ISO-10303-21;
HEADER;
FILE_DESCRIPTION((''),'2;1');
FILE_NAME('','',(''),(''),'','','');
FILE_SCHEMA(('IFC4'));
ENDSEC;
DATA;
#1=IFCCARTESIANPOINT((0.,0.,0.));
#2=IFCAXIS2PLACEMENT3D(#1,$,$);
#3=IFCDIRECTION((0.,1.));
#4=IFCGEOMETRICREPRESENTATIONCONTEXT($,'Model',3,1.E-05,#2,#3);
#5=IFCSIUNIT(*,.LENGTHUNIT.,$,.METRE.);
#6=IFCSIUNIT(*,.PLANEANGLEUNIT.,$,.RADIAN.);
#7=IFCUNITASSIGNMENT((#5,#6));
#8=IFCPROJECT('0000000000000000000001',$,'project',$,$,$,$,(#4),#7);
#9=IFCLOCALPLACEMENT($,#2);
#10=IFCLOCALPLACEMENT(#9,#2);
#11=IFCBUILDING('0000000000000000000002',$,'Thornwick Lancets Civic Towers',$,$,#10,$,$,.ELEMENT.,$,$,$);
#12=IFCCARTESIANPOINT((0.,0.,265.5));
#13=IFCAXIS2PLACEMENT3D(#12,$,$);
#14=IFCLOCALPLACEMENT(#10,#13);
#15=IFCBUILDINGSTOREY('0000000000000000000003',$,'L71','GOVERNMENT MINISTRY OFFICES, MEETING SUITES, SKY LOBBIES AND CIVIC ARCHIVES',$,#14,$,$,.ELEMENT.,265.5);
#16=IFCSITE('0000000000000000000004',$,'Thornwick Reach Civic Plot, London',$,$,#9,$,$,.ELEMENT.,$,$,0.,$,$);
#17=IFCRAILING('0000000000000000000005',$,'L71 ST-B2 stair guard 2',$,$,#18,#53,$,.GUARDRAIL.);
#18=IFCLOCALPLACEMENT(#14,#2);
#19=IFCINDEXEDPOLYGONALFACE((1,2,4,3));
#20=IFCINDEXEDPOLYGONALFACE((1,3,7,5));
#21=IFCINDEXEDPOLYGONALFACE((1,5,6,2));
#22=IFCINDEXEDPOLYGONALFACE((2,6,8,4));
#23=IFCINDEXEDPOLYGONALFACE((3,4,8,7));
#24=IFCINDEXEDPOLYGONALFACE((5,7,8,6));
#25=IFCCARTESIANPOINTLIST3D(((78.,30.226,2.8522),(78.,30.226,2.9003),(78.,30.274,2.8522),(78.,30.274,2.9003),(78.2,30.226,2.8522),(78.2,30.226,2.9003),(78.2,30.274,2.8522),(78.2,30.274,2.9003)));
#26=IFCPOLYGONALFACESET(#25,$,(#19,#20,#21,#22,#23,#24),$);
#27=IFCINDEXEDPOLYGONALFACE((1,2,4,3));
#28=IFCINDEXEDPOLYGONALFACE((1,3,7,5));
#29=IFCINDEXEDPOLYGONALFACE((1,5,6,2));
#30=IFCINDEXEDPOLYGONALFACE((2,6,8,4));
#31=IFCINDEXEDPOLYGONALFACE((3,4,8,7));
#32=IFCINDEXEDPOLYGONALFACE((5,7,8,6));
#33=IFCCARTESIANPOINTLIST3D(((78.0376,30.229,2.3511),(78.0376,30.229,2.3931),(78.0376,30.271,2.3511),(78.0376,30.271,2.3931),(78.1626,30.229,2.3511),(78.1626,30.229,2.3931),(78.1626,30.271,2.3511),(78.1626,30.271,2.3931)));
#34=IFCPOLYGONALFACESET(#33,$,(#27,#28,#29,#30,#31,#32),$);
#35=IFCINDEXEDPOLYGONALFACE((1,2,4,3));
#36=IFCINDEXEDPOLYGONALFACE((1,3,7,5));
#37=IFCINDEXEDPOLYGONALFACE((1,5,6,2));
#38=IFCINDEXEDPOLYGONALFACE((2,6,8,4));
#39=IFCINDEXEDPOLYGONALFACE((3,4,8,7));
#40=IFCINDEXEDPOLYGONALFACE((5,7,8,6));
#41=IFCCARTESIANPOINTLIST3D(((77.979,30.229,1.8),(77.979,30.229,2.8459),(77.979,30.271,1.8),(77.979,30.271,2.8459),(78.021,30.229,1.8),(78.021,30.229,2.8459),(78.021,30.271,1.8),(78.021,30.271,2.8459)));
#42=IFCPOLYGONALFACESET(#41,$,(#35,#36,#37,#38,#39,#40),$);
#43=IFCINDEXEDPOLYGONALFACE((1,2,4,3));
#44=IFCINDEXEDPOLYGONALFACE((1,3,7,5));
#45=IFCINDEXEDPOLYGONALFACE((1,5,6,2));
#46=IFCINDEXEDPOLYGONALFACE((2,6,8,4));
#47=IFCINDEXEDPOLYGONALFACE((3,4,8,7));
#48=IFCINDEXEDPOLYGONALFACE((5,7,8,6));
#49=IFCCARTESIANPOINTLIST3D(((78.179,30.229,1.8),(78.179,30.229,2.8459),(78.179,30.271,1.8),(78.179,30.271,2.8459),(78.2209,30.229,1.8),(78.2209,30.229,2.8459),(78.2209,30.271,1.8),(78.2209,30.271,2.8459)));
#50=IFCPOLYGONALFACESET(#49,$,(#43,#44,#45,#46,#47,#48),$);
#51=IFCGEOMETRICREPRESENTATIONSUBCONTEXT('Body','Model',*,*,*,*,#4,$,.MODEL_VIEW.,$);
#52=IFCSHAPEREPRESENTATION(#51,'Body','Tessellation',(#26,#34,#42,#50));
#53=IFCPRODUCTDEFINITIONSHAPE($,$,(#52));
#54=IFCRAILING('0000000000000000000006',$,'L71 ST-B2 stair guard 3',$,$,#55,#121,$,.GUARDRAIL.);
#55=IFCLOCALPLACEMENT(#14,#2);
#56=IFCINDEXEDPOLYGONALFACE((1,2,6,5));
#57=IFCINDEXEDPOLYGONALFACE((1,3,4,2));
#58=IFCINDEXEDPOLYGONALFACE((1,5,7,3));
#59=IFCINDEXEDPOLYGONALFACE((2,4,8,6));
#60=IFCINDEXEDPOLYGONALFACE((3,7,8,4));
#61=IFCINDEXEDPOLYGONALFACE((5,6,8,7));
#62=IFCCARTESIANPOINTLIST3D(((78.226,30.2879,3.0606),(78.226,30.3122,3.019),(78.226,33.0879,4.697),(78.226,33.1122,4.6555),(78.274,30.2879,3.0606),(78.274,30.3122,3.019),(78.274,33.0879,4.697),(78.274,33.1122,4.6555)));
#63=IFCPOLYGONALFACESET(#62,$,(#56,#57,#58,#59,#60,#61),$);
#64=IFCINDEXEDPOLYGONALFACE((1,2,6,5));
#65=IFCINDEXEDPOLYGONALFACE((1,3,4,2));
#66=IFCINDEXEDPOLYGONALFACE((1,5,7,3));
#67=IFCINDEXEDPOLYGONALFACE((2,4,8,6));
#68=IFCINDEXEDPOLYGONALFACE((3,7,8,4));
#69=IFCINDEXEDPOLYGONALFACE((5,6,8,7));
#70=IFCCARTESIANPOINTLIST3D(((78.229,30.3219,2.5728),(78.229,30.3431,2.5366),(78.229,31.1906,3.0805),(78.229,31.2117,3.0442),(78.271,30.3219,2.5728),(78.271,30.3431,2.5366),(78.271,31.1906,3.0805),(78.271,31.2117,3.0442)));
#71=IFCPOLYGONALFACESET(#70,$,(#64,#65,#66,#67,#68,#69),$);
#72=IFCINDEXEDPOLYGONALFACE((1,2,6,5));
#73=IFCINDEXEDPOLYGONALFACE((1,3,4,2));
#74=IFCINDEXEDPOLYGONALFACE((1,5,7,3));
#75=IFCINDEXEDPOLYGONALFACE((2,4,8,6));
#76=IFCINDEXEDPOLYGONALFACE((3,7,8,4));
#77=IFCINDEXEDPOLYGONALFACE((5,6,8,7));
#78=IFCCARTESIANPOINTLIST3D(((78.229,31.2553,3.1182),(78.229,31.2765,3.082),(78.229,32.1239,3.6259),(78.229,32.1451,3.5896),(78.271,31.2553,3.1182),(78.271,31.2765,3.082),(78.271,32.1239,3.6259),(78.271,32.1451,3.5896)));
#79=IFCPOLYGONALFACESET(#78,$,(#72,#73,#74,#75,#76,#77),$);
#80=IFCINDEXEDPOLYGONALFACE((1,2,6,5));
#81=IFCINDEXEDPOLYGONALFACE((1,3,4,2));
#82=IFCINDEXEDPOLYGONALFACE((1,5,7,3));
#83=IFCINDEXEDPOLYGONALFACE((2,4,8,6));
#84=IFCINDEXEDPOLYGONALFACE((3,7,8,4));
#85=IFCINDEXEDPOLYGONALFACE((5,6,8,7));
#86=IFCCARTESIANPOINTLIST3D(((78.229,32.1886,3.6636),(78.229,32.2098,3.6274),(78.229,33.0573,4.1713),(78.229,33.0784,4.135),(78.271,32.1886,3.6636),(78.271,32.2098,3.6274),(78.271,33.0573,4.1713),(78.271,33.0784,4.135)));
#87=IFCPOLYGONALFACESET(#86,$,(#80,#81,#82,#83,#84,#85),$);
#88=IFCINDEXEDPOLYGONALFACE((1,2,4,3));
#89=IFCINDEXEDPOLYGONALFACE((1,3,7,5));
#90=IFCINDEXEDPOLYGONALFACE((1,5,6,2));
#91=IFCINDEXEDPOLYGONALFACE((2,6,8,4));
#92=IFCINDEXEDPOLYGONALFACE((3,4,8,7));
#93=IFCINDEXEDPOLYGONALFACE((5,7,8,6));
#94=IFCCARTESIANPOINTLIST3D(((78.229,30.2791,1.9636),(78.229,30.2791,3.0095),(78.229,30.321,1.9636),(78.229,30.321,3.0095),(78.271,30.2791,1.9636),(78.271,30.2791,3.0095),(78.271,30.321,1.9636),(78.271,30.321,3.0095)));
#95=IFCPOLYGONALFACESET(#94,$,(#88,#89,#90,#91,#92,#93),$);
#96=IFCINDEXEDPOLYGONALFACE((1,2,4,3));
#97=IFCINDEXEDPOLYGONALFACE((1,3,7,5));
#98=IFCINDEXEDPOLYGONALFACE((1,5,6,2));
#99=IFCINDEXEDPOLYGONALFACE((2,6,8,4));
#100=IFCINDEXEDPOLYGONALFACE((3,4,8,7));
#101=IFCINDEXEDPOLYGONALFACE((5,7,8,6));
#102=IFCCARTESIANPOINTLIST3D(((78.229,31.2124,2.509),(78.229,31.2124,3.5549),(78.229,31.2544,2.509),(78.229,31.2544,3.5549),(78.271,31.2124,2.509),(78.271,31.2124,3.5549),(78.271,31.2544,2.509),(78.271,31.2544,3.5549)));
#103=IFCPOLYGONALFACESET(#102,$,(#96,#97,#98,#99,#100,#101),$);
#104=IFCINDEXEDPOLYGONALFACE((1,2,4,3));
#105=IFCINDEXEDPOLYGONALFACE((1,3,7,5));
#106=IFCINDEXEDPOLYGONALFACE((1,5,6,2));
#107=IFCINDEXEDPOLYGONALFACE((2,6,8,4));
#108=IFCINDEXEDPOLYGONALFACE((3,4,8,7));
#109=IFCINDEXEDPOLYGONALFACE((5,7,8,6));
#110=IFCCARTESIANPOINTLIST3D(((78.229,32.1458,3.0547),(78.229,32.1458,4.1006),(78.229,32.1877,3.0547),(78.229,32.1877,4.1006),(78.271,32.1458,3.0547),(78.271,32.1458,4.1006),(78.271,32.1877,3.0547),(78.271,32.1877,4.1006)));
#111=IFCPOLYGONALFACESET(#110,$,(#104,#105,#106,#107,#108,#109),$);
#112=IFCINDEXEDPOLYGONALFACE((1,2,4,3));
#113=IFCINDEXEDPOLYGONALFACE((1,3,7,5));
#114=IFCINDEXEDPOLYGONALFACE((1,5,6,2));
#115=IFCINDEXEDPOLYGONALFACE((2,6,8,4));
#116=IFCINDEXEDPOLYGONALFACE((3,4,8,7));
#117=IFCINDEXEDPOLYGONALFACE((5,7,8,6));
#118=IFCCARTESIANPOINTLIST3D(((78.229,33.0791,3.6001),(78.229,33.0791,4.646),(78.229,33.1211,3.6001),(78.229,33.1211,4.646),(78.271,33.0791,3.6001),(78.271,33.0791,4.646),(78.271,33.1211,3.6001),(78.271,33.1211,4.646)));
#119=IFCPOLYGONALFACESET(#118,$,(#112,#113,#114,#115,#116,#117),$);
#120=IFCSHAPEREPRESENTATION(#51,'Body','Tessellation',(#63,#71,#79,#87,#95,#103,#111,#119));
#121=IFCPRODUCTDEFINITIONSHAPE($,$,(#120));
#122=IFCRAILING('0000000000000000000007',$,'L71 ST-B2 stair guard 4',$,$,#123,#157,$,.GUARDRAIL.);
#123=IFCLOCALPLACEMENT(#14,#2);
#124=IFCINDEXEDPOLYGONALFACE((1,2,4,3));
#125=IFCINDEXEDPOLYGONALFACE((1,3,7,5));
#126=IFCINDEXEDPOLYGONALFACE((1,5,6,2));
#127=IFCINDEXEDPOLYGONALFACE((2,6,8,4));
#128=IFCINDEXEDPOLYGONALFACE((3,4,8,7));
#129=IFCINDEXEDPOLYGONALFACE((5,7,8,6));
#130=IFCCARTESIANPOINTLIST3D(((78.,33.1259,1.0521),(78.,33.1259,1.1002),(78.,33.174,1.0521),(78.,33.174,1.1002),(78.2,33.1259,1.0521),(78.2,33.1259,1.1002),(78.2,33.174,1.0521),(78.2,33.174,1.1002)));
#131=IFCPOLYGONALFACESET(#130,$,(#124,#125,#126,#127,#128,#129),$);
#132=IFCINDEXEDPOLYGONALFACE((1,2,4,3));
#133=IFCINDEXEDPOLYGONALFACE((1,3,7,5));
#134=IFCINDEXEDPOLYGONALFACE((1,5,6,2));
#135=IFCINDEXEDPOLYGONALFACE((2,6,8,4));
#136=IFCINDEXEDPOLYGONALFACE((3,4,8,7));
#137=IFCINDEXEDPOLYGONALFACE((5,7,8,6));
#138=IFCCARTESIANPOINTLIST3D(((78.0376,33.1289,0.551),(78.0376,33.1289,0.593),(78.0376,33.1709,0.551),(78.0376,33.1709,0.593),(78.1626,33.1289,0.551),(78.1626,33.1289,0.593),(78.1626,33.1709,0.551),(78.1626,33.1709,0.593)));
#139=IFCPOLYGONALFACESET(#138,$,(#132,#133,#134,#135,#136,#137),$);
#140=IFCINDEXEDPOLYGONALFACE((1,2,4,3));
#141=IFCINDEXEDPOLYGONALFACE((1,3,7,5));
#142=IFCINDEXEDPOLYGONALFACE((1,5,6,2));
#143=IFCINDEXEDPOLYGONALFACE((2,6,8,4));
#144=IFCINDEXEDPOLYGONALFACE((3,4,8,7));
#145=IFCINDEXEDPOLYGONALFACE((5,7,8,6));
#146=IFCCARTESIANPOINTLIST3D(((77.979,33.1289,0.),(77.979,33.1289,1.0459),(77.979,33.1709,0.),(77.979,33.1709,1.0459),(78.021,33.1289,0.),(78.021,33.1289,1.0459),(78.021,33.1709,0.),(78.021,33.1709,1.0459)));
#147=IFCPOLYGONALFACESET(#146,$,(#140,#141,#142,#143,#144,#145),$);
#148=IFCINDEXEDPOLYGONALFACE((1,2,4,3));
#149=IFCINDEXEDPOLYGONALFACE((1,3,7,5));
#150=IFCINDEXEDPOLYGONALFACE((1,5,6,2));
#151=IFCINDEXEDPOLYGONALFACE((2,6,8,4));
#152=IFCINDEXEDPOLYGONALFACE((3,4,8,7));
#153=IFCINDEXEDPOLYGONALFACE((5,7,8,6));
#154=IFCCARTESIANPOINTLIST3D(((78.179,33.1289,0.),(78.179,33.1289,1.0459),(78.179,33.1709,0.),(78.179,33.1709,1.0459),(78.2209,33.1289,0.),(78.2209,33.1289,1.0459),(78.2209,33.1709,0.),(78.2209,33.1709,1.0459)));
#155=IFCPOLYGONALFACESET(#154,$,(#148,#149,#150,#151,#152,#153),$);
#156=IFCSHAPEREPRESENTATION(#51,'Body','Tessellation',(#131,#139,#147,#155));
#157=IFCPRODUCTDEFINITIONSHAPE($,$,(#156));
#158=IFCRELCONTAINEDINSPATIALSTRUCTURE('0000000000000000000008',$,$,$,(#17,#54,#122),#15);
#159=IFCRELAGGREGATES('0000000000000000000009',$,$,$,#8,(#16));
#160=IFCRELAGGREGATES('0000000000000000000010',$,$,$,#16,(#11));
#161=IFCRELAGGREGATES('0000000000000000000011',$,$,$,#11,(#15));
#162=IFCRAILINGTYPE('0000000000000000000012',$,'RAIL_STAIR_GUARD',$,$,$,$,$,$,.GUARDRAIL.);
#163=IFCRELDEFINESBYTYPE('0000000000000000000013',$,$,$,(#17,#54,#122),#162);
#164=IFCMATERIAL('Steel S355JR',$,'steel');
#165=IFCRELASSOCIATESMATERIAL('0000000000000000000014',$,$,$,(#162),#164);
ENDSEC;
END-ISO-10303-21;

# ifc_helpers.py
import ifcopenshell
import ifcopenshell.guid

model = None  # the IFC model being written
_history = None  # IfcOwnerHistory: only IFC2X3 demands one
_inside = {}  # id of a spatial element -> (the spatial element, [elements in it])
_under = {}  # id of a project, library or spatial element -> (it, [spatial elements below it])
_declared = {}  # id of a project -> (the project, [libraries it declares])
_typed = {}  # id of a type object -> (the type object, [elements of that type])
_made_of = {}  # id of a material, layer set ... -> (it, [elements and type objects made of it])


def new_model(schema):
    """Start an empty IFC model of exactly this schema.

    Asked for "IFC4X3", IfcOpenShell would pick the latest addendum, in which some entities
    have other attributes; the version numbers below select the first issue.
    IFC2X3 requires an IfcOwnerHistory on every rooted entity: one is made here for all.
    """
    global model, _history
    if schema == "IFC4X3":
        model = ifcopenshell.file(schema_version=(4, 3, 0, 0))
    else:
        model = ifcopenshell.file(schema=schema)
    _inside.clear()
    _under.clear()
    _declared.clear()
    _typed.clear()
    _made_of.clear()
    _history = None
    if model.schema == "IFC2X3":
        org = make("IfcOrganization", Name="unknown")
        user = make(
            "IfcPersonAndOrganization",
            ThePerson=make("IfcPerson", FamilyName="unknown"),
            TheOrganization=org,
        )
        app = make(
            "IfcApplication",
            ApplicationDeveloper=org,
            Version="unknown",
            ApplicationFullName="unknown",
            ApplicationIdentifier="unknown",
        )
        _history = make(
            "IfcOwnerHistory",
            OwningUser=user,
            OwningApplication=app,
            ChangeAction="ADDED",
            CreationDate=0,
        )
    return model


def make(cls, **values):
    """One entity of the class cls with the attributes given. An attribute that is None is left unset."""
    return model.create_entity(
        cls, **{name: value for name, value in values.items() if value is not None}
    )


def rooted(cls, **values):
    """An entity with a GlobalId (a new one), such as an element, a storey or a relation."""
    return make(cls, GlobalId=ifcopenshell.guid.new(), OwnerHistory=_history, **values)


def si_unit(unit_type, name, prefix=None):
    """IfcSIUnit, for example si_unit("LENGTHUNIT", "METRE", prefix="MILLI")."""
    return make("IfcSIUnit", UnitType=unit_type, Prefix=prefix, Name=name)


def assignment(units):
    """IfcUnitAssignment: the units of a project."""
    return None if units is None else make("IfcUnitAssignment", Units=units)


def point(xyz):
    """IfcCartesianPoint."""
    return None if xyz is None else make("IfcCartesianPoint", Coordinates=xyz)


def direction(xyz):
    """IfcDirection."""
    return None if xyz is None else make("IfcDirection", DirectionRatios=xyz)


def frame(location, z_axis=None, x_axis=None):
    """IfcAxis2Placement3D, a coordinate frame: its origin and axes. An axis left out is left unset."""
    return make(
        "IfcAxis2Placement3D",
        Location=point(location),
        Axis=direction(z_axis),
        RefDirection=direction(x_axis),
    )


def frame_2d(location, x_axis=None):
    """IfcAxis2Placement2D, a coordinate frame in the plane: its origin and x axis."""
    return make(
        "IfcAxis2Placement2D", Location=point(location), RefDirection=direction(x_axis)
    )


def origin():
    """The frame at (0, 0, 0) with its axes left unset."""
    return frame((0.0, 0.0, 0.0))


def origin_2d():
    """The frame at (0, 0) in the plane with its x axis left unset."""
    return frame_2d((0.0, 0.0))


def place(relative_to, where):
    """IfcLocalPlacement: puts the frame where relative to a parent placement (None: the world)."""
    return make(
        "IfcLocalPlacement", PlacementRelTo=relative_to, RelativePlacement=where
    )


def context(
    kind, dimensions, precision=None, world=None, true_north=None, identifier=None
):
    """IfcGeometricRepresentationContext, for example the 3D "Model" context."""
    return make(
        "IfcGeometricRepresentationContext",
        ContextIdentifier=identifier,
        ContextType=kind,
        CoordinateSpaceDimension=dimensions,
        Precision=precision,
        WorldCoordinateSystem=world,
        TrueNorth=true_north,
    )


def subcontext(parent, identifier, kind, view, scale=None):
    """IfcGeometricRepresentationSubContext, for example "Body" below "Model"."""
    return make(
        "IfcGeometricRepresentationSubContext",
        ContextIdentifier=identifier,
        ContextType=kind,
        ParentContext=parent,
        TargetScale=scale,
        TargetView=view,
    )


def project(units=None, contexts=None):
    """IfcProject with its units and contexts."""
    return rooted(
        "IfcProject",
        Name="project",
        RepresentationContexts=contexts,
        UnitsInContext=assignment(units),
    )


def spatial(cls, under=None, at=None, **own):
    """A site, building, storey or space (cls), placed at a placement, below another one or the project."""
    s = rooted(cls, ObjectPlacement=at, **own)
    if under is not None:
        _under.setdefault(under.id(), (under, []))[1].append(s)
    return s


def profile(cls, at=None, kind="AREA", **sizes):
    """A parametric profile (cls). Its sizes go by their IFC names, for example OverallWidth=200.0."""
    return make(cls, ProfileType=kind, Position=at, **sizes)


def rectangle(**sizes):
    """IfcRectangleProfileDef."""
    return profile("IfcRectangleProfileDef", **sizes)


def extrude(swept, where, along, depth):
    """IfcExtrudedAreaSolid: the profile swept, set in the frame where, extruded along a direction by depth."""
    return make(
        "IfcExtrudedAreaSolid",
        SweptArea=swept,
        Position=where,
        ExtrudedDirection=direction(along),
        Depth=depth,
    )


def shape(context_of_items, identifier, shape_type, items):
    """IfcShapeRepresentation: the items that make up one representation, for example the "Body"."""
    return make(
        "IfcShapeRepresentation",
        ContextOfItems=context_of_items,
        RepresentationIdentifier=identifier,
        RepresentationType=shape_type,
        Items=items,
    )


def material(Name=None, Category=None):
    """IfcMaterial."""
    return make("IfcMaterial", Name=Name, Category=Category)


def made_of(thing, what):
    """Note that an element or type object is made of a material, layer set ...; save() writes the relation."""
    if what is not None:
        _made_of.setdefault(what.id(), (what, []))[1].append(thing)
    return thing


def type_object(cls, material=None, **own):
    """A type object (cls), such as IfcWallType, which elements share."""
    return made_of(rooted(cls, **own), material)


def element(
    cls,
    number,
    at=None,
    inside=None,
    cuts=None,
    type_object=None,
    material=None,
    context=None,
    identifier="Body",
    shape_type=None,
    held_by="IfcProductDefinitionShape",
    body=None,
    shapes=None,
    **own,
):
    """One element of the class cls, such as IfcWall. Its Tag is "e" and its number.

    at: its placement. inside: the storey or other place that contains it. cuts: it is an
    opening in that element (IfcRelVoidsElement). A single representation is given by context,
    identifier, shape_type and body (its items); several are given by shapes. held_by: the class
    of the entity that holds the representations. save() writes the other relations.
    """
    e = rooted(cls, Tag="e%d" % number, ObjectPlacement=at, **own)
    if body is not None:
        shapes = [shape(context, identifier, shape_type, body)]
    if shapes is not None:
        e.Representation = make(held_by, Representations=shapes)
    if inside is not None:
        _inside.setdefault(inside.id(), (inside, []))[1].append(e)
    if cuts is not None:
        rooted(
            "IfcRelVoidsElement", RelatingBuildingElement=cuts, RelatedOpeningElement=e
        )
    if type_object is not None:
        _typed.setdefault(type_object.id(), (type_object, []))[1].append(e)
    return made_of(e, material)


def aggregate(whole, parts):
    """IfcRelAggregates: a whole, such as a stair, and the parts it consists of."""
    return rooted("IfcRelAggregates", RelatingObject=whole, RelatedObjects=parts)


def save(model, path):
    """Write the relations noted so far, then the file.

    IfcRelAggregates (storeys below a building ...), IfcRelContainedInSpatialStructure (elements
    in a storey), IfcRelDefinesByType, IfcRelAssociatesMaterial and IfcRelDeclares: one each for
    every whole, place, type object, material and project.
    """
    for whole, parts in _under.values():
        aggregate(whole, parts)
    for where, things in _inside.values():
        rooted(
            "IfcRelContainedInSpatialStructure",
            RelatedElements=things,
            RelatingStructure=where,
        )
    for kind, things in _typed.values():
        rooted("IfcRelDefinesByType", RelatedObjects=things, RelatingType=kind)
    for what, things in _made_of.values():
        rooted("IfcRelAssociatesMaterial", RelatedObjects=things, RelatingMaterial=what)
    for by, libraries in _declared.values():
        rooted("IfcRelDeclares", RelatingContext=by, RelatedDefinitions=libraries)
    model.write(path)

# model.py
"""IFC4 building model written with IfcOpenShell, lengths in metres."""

from ifc_helpers import new_model, si_unit, direction, frame, origin, origin_2d, place, context, subcontext, project, spatial, rectangle, extrude, material, type_object, element, save


model = new_model("IFC4")

# Units and contexts
model_context = context("Model", 3, precision=1e-05, world=origin(), true_north=direction((0.0, 1.0)))
body_context = subcontext(model_context, "Body", "Model", "MODEL_VIEW")
ifc_project = project(units=[si_unit("LENGTHUNIT", "METRE"), si_unit("PLANEANGLEUNIT", "RADIAN")], contexts=[model_context])

# Site, building, storey
site_placement = place(None, origin())
site = spatial("IfcSite", under=ifc_project, at=site_placement, Name="Thornwick Reach Civic Plot, London", CompositionType="ELEMENT", RefElevation=0.0)
building_placement = place(site_placement, origin())
building = spatial("IfcBuilding", under=site, at=building_placement, Name="Thornwick Lancets Civic Towers", CompositionType="ELEMENT")
storey_placement = place(building_placement, frame((0.0, 0.0, 265.5)))
storey = spatial("IfcBuildingStorey", under=building, at=storey_placement, Name="L71", Description="GOVERNMENT MINISTRY OFFICES, MEETING SUITES, SKY LOBBIES AND CIVIC ARCHIVES", CompositionType="ELEMENT", Elevation=265.5)

# Shared definitions
ifc_material_1 = material(Name="Steel S355JR", Category="steel")

# Railings
railing_type_1 = type_object("IfcRailingType", Name="RAIL_STAIR_GUARD", PredefinedType="GUARDRAIL", material=ifc_material_1)
railing_1_placement = place(storey_placement, frame((78.0, 30.25, 1.8)))
element("IfcRailing", 1, at=railing_1_placement, inside=storey, type_object=railing_type_1, Name="L71 ST-B2 stair guard 2", PredefinedType="GUARDRAIL", context=body_context, shape_type="SweptSolid", body=[
    extrude(rectangle(XDim=0.0481, YDim=0.0481, at=origin_2d()), frame((0.0, 0.0, 1.0762), z_axis=(1.0, 0.0, 0.0), x_axis=(0.0, 1.0, 0.0)), (0.0, 0.0, 1.0), 0.2),
    extrude(rectangle(XDim=0.042, YDim=0.042, at=origin_2d()), frame((0.0376, 0.0, 0.572), z_axis=(1.0, 0.0, 0.0), x_axis=(0.0, 1.0, 0.0)), (0.0, 0.0, 1.0), 0.125),
    extrude(rectangle(XDim=0.042, YDim=0.042, at=origin_2d()), origin(), (0.0, 0.0, 1.0), 1.0459),
    extrude(rectangle(XDim=0.042, YDim=0.042, at=origin_2d()), frame((0.2, 0.0, 0.0)), (0.0, 0.0, 1.0), 1.0459),
])
railing_2_placement = place(storey_placement, frame((78.25, 30.3, 1.9636)))
element("IfcRailing", 2, at=railing_2_placement, inside=storey, type_object=railing_type_1, Name="L71 ST-B2 stair guard 3", PredefinedType="GUARDRAIL", context=body_context, shape_type="SweptSolid", body=[
    extrude(rectangle(XDim=0.0481, YDim=0.0481, at=origin_2d()), frame((0.0, 0.0, 1.0762), z_axis=(0.0, 0.863361, 0.504587), x_axis=(-1.0, 0.0, 0.0)), (0.0, 0.0, 1.0), 3.2432),
    extrude(rectangle(XDim=0.042, YDim=0.042, at=origin_2d()), frame((0.0, 0.0325, 0.5911), z_axis=(0.0, 0.863361, 0.504587), x_axis=(-1.0, 0.0, 0.0)), (0.0, 0.0, 1.0), 1.0061),
    extrude(rectangle(XDim=0.042, YDim=0.042, at=origin_2d()), frame((0.0, 0.9658, 1.1365), z_axis=(0.0, 0.863361, 0.504587), x_axis=(-1.0, 0.0, 0.0)), (0.0, 0.0, 1.0), 1.0061),
    extrude(rectangle(XDim=0.042, YDim=0.042, at=origin_2d()), frame((0.0, 1.8992, 1.6819), z_axis=(0.0, 0.863361, 0.504587), x_axis=(-1.0, 0.0, 0.0)), (0.0, 0.0, 1.0), 1.0061),
    extrude(rectangle(XDim=0.042, YDim=0.042, at=origin_2d()), origin(), (0.0, 0.0, 1.0), 1.0459),
    extrude(rectangle(XDim=0.042, YDim=0.042, at=origin_2d()), frame((0.0, 0.9333, 0.5454)), (0.0, 0.0, 1.0), 1.0459),
    extrude(rectangle(XDim=0.042, YDim=0.042, at=origin_2d()), frame((0.0, 1.8667, 1.0911)), (0.0, 0.0, 1.0), 1.0459),
    extrude(rectangle(XDim=0.042, YDim=0.042, at=origin_2d()), frame((0.0, 2.8, 1.6365)), (0.0, 0.0, 1.0), 1.0459),
])
railing_3_placement = place(storey_placement, frame((78.0, 33.1499, 0.0)))
element("IfcRailing", 3, at=railing_3_placement, inside=storey, type_object=railing_type_1, Name="L71 ST-B2 stair guard 4", PredefinedType="GUARDRAIL", context=body_context, shape_type="SweptSolid", body=[
    extrude(rectangle(XDim=0.0481, YDim=0.0481, at=origin_2d()), frame((0.0, 0.0, 1.0762), z_axis=(1.0, 0.0, 0.0), x_axis=(0.0, 1.0, 0.0)), (0.0, 0.0, 1.0), 0.2),
    extrude(rectangle(XDim=0.042, YDim=0.042, at=origin_2d()), frame((0.0376, 0.0, 0.572), z_axis=(1.0, 0.0, 0.0), x_axis=(0.0, 1.0, 0.0)), (0.0, 0.0, 1.0), 0.125),
    extrude(rectangle(XDim=0.042, YDim=0.042, at=origin_2d()), origin(), (0.0, 0.0, 1.0), 1.0459),
    extrude(rectangle(XDim=0.042, YDim=0.042, at=origin_2d()), frame((0.2, 0.0, 0.0)), (0.0, 0.0, 1.0), 1.0459),
])

save(model, "model.ifc")
